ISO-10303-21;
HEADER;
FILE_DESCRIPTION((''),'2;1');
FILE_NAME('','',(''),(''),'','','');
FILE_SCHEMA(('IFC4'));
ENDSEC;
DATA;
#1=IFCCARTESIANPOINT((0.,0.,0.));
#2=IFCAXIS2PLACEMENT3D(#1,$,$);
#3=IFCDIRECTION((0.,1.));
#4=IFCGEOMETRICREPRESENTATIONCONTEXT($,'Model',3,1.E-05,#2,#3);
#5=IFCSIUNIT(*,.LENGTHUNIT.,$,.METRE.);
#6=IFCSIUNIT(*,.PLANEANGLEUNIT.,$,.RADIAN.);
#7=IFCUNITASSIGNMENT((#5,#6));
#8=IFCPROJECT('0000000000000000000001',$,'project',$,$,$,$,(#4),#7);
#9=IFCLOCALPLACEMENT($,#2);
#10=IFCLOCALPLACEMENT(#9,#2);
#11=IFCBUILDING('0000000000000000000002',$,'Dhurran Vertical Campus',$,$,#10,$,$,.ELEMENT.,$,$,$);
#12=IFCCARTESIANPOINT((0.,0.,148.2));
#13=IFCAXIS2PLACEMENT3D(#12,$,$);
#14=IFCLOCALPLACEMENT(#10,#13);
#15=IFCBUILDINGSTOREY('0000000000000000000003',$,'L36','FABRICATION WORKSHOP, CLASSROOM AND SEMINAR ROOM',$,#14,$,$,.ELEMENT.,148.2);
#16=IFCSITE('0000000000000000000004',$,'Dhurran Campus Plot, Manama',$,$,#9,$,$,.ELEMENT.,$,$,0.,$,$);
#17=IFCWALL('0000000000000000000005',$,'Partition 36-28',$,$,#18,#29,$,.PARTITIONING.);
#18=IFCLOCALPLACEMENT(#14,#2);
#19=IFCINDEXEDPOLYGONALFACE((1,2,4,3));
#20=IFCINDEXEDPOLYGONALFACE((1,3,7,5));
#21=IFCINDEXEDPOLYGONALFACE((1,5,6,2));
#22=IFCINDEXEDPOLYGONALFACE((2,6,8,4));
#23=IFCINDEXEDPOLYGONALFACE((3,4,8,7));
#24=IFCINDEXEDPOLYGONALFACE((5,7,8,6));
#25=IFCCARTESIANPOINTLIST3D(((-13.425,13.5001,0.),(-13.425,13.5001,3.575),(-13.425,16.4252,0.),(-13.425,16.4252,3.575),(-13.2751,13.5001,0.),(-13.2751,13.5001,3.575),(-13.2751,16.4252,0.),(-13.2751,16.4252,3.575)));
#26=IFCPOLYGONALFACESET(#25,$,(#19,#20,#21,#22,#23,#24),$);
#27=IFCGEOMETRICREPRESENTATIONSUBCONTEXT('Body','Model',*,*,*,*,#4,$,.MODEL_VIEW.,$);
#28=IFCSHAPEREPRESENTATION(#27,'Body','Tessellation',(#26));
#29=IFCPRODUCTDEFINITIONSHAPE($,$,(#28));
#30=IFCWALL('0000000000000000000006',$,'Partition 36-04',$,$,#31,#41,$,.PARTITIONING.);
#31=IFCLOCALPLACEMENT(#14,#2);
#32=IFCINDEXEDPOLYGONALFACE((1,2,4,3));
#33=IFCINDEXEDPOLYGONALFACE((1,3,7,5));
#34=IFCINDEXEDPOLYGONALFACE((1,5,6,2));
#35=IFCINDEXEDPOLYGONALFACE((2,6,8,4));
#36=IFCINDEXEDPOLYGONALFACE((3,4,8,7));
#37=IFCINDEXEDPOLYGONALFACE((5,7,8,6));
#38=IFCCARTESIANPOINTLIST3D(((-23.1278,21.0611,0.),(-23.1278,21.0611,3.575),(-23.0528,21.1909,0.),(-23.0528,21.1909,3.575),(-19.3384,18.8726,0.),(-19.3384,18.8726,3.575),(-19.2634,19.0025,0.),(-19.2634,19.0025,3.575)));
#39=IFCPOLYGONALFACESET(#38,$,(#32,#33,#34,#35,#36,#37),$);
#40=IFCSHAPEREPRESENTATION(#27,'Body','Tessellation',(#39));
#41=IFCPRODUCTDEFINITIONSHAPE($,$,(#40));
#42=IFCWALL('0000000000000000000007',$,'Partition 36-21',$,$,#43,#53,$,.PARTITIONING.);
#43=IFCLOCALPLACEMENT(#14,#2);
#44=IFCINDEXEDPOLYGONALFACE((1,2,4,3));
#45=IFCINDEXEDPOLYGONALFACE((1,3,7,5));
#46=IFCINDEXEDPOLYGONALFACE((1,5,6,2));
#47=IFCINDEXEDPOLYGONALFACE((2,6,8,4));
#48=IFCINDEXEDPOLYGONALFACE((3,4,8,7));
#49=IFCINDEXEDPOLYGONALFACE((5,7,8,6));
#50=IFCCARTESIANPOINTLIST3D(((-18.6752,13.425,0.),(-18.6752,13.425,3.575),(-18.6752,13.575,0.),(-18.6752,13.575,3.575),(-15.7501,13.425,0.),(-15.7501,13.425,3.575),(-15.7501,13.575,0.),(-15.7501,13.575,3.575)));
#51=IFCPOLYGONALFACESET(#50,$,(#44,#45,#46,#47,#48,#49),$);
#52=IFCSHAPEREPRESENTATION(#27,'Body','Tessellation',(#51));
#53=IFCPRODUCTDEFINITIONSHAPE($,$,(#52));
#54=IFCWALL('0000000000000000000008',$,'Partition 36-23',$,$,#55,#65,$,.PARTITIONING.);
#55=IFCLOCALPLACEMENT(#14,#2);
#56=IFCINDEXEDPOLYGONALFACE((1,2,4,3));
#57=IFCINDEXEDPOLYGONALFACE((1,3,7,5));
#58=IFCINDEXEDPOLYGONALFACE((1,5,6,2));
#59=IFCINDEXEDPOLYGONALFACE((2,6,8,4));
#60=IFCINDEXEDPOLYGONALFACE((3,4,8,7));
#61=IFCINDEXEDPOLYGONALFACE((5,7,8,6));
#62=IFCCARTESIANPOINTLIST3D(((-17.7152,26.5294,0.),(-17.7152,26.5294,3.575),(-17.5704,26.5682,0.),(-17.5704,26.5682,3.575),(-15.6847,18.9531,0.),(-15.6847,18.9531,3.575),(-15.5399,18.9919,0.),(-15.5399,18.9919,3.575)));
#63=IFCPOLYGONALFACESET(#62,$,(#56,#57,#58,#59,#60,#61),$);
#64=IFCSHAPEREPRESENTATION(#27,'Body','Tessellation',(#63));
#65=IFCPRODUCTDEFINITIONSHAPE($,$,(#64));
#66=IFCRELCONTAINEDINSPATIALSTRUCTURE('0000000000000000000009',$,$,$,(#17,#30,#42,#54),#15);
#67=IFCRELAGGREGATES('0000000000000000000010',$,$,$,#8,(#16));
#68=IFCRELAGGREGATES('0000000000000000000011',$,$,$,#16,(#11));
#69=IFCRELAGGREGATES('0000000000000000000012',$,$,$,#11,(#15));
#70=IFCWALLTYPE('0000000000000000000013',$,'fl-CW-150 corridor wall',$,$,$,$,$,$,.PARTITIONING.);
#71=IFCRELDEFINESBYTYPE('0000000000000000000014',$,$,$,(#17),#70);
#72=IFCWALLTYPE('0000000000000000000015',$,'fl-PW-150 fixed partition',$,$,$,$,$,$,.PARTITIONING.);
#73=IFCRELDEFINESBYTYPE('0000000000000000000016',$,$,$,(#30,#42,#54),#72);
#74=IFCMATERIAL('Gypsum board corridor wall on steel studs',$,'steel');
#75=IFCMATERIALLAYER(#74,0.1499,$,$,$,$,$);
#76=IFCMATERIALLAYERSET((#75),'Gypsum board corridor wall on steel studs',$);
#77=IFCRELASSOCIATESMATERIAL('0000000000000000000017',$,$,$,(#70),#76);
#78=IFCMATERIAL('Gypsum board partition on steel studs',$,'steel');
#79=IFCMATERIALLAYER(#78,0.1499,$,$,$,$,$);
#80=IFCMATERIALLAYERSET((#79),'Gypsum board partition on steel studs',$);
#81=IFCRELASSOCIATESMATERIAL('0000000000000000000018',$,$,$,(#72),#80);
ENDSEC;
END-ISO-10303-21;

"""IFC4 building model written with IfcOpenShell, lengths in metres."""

from ifc_helpers import new_model, si_unit, direction, frame, frame_2d, origin, place, context, subcontext, project, spatial, rectangle, extrude, material, layer, layer_set, type_object, element, save


model = new_model("IFC4")

# Units and contexts
model_context = context("Model", 3, precision=1e-05, world=origin(), true_north=direction((0.0, 1.0)))
body_context = subcontext(model_context, "Body", "Model", "MODEL_VIEW")
ifc_project = project(units=[si_unit("LENGTHUNIT", "METRE"), si_unit("PLANEANGLEUNIT", "RADIAN")], contexts=[model_context])

# Site, building, storey
site_placement = place(None, origin())
site = spatial("IfcSite", under=ifc_project, at=site_placement, Name="Dhurran Campus Plot, Manama", CompositionType="ELEMENT", RefElevation=0.0)
building_placement = place(site_placement, origin())
building = spatial("IfcBuilding", under=site, at=building_placement, Name="Dhurran Vertical Campus", CompositionType="ELEMENT")
storey_placement = place(building_placement, frame((0.0, 0.0, 148.2)))
storey = spatial("IfcBuildingStorey", under=building, at=storey_placement, Name="L36", Description="FABRICATION WORKSHOP, CLASSROOM AND SEMINAR ROOM", CompositionType="ELEMENT", Elevation=148.2)

# Shared definitions
ifc_material_1 = material(Name="Gypsum board corridor wall on steel studs", Category="steel")
ifc_layer_1 = layer(ifc_material_1, 0.1499)
ifc_layer_set_1 = layer_set([ifc_layer_1], Name="Gypsum board corridor wall on steel studs")
wall_type_1 = type_object("IfcWallType", Name="fl-CW-150 corridor wall", PredefinedType="PARTITIONING", material=ifc_layer_set_1)

# Walls
wall_1_placement = place(storey_placement, frame((-13.3501, 16.425, 0.0), z_axis=(0.0, 0.0, 1.0), x_axis=(0.0, -1.0, 0.0)))
element("IfcWall", 1, at=wall_1_placement, inside=storey, type_object=wall_type_1, Name="Partition 36-28", PredefinedType="PARTITIONING", context=body_context, shape_type="SweptSolid", body=[
    extrude(rectangle(XDim=2.925, YDim=0.1499, at=frame_2d((1.4624, 0.0))), origin(), (0.0, 0.0, 1.0), 3.575),
])
ifc_material_2 = material(Name="Gypsum board partition on steel studs", Category="steel")
ifc_layer_2 = layer(ifc_material_2, 0.1499)
ifc_layer_set_2 = layer_set([ifc_layer_2], Name="Gypsum board partition on steel studs")
wall_type_2 = type_object("IfcWallType", Name="fl-PW-150 fixed partition", PredefinedType="PARTITIONING", material=ifc_layer_set_2)
wall_2_placement = place(storey_placement, frame((-23.0903, 21.126, 0.0), z_axis=(0.0, 0.0, 1.0), x_axis=(0.865968, -0.500099, 0.0)))
element("IfcWall", 2, at=wall_2_placement, inside=storey, type_object=wall_type_2, Name="Partition 36-04", PredefinedType="PARTITIONING", context=body_context, shape_type="SweptSolid", body=[
    extrude(rectangle(XDim=4.376, YDim=0.1499, at=frame_2d((2.188, 0.0))), origin(), (0.0, 0.0, 1.0), 3.575),
])
wall_3_placement = place(storey_placement, frame((-18.675, 13.5, 0.0), z_axis=(0.0, 0.0, 1.0), x_axis=(1.0, 0.0, 0.0)))
element("IfcWall", 3, at=wall_3_placement, inside=storey, type_object=wall_type_2, Name="Partition 36-21", PredefinedType="PARTITIONING", context=body_context, shape_type="SweptSolid", body=[
    extrude(rectangle(XDim=2.925, YDim=0.1499, at=frame_2d((1.4624, 0.0))), origin(), (0.0, 0.0, 1.0), 3.575),
])
wall_4_placement = place(storey_placement, frame((-17.6428, 26.5488, 0.0), z_axis=(0.0, 0.0, 1.0), x_axis=(0.258869, -0.965912, 0.0)))
element("IfcWall", 4, at=wall_4_placement, inside=storey, type_object=wall_type_2, Name="Partition 36-23", PredefinedType="PARTITIONING", context=body_context, shape_type="SweptSolid", body=[
    extrude(rectangle(XDim=7.8438, YDim=0.1499, at=frame_2d((3.9219, 0.0))), origin(), (0.0, 0.0, 1.0), 3.575),
])

save(model, "model.ifc")
